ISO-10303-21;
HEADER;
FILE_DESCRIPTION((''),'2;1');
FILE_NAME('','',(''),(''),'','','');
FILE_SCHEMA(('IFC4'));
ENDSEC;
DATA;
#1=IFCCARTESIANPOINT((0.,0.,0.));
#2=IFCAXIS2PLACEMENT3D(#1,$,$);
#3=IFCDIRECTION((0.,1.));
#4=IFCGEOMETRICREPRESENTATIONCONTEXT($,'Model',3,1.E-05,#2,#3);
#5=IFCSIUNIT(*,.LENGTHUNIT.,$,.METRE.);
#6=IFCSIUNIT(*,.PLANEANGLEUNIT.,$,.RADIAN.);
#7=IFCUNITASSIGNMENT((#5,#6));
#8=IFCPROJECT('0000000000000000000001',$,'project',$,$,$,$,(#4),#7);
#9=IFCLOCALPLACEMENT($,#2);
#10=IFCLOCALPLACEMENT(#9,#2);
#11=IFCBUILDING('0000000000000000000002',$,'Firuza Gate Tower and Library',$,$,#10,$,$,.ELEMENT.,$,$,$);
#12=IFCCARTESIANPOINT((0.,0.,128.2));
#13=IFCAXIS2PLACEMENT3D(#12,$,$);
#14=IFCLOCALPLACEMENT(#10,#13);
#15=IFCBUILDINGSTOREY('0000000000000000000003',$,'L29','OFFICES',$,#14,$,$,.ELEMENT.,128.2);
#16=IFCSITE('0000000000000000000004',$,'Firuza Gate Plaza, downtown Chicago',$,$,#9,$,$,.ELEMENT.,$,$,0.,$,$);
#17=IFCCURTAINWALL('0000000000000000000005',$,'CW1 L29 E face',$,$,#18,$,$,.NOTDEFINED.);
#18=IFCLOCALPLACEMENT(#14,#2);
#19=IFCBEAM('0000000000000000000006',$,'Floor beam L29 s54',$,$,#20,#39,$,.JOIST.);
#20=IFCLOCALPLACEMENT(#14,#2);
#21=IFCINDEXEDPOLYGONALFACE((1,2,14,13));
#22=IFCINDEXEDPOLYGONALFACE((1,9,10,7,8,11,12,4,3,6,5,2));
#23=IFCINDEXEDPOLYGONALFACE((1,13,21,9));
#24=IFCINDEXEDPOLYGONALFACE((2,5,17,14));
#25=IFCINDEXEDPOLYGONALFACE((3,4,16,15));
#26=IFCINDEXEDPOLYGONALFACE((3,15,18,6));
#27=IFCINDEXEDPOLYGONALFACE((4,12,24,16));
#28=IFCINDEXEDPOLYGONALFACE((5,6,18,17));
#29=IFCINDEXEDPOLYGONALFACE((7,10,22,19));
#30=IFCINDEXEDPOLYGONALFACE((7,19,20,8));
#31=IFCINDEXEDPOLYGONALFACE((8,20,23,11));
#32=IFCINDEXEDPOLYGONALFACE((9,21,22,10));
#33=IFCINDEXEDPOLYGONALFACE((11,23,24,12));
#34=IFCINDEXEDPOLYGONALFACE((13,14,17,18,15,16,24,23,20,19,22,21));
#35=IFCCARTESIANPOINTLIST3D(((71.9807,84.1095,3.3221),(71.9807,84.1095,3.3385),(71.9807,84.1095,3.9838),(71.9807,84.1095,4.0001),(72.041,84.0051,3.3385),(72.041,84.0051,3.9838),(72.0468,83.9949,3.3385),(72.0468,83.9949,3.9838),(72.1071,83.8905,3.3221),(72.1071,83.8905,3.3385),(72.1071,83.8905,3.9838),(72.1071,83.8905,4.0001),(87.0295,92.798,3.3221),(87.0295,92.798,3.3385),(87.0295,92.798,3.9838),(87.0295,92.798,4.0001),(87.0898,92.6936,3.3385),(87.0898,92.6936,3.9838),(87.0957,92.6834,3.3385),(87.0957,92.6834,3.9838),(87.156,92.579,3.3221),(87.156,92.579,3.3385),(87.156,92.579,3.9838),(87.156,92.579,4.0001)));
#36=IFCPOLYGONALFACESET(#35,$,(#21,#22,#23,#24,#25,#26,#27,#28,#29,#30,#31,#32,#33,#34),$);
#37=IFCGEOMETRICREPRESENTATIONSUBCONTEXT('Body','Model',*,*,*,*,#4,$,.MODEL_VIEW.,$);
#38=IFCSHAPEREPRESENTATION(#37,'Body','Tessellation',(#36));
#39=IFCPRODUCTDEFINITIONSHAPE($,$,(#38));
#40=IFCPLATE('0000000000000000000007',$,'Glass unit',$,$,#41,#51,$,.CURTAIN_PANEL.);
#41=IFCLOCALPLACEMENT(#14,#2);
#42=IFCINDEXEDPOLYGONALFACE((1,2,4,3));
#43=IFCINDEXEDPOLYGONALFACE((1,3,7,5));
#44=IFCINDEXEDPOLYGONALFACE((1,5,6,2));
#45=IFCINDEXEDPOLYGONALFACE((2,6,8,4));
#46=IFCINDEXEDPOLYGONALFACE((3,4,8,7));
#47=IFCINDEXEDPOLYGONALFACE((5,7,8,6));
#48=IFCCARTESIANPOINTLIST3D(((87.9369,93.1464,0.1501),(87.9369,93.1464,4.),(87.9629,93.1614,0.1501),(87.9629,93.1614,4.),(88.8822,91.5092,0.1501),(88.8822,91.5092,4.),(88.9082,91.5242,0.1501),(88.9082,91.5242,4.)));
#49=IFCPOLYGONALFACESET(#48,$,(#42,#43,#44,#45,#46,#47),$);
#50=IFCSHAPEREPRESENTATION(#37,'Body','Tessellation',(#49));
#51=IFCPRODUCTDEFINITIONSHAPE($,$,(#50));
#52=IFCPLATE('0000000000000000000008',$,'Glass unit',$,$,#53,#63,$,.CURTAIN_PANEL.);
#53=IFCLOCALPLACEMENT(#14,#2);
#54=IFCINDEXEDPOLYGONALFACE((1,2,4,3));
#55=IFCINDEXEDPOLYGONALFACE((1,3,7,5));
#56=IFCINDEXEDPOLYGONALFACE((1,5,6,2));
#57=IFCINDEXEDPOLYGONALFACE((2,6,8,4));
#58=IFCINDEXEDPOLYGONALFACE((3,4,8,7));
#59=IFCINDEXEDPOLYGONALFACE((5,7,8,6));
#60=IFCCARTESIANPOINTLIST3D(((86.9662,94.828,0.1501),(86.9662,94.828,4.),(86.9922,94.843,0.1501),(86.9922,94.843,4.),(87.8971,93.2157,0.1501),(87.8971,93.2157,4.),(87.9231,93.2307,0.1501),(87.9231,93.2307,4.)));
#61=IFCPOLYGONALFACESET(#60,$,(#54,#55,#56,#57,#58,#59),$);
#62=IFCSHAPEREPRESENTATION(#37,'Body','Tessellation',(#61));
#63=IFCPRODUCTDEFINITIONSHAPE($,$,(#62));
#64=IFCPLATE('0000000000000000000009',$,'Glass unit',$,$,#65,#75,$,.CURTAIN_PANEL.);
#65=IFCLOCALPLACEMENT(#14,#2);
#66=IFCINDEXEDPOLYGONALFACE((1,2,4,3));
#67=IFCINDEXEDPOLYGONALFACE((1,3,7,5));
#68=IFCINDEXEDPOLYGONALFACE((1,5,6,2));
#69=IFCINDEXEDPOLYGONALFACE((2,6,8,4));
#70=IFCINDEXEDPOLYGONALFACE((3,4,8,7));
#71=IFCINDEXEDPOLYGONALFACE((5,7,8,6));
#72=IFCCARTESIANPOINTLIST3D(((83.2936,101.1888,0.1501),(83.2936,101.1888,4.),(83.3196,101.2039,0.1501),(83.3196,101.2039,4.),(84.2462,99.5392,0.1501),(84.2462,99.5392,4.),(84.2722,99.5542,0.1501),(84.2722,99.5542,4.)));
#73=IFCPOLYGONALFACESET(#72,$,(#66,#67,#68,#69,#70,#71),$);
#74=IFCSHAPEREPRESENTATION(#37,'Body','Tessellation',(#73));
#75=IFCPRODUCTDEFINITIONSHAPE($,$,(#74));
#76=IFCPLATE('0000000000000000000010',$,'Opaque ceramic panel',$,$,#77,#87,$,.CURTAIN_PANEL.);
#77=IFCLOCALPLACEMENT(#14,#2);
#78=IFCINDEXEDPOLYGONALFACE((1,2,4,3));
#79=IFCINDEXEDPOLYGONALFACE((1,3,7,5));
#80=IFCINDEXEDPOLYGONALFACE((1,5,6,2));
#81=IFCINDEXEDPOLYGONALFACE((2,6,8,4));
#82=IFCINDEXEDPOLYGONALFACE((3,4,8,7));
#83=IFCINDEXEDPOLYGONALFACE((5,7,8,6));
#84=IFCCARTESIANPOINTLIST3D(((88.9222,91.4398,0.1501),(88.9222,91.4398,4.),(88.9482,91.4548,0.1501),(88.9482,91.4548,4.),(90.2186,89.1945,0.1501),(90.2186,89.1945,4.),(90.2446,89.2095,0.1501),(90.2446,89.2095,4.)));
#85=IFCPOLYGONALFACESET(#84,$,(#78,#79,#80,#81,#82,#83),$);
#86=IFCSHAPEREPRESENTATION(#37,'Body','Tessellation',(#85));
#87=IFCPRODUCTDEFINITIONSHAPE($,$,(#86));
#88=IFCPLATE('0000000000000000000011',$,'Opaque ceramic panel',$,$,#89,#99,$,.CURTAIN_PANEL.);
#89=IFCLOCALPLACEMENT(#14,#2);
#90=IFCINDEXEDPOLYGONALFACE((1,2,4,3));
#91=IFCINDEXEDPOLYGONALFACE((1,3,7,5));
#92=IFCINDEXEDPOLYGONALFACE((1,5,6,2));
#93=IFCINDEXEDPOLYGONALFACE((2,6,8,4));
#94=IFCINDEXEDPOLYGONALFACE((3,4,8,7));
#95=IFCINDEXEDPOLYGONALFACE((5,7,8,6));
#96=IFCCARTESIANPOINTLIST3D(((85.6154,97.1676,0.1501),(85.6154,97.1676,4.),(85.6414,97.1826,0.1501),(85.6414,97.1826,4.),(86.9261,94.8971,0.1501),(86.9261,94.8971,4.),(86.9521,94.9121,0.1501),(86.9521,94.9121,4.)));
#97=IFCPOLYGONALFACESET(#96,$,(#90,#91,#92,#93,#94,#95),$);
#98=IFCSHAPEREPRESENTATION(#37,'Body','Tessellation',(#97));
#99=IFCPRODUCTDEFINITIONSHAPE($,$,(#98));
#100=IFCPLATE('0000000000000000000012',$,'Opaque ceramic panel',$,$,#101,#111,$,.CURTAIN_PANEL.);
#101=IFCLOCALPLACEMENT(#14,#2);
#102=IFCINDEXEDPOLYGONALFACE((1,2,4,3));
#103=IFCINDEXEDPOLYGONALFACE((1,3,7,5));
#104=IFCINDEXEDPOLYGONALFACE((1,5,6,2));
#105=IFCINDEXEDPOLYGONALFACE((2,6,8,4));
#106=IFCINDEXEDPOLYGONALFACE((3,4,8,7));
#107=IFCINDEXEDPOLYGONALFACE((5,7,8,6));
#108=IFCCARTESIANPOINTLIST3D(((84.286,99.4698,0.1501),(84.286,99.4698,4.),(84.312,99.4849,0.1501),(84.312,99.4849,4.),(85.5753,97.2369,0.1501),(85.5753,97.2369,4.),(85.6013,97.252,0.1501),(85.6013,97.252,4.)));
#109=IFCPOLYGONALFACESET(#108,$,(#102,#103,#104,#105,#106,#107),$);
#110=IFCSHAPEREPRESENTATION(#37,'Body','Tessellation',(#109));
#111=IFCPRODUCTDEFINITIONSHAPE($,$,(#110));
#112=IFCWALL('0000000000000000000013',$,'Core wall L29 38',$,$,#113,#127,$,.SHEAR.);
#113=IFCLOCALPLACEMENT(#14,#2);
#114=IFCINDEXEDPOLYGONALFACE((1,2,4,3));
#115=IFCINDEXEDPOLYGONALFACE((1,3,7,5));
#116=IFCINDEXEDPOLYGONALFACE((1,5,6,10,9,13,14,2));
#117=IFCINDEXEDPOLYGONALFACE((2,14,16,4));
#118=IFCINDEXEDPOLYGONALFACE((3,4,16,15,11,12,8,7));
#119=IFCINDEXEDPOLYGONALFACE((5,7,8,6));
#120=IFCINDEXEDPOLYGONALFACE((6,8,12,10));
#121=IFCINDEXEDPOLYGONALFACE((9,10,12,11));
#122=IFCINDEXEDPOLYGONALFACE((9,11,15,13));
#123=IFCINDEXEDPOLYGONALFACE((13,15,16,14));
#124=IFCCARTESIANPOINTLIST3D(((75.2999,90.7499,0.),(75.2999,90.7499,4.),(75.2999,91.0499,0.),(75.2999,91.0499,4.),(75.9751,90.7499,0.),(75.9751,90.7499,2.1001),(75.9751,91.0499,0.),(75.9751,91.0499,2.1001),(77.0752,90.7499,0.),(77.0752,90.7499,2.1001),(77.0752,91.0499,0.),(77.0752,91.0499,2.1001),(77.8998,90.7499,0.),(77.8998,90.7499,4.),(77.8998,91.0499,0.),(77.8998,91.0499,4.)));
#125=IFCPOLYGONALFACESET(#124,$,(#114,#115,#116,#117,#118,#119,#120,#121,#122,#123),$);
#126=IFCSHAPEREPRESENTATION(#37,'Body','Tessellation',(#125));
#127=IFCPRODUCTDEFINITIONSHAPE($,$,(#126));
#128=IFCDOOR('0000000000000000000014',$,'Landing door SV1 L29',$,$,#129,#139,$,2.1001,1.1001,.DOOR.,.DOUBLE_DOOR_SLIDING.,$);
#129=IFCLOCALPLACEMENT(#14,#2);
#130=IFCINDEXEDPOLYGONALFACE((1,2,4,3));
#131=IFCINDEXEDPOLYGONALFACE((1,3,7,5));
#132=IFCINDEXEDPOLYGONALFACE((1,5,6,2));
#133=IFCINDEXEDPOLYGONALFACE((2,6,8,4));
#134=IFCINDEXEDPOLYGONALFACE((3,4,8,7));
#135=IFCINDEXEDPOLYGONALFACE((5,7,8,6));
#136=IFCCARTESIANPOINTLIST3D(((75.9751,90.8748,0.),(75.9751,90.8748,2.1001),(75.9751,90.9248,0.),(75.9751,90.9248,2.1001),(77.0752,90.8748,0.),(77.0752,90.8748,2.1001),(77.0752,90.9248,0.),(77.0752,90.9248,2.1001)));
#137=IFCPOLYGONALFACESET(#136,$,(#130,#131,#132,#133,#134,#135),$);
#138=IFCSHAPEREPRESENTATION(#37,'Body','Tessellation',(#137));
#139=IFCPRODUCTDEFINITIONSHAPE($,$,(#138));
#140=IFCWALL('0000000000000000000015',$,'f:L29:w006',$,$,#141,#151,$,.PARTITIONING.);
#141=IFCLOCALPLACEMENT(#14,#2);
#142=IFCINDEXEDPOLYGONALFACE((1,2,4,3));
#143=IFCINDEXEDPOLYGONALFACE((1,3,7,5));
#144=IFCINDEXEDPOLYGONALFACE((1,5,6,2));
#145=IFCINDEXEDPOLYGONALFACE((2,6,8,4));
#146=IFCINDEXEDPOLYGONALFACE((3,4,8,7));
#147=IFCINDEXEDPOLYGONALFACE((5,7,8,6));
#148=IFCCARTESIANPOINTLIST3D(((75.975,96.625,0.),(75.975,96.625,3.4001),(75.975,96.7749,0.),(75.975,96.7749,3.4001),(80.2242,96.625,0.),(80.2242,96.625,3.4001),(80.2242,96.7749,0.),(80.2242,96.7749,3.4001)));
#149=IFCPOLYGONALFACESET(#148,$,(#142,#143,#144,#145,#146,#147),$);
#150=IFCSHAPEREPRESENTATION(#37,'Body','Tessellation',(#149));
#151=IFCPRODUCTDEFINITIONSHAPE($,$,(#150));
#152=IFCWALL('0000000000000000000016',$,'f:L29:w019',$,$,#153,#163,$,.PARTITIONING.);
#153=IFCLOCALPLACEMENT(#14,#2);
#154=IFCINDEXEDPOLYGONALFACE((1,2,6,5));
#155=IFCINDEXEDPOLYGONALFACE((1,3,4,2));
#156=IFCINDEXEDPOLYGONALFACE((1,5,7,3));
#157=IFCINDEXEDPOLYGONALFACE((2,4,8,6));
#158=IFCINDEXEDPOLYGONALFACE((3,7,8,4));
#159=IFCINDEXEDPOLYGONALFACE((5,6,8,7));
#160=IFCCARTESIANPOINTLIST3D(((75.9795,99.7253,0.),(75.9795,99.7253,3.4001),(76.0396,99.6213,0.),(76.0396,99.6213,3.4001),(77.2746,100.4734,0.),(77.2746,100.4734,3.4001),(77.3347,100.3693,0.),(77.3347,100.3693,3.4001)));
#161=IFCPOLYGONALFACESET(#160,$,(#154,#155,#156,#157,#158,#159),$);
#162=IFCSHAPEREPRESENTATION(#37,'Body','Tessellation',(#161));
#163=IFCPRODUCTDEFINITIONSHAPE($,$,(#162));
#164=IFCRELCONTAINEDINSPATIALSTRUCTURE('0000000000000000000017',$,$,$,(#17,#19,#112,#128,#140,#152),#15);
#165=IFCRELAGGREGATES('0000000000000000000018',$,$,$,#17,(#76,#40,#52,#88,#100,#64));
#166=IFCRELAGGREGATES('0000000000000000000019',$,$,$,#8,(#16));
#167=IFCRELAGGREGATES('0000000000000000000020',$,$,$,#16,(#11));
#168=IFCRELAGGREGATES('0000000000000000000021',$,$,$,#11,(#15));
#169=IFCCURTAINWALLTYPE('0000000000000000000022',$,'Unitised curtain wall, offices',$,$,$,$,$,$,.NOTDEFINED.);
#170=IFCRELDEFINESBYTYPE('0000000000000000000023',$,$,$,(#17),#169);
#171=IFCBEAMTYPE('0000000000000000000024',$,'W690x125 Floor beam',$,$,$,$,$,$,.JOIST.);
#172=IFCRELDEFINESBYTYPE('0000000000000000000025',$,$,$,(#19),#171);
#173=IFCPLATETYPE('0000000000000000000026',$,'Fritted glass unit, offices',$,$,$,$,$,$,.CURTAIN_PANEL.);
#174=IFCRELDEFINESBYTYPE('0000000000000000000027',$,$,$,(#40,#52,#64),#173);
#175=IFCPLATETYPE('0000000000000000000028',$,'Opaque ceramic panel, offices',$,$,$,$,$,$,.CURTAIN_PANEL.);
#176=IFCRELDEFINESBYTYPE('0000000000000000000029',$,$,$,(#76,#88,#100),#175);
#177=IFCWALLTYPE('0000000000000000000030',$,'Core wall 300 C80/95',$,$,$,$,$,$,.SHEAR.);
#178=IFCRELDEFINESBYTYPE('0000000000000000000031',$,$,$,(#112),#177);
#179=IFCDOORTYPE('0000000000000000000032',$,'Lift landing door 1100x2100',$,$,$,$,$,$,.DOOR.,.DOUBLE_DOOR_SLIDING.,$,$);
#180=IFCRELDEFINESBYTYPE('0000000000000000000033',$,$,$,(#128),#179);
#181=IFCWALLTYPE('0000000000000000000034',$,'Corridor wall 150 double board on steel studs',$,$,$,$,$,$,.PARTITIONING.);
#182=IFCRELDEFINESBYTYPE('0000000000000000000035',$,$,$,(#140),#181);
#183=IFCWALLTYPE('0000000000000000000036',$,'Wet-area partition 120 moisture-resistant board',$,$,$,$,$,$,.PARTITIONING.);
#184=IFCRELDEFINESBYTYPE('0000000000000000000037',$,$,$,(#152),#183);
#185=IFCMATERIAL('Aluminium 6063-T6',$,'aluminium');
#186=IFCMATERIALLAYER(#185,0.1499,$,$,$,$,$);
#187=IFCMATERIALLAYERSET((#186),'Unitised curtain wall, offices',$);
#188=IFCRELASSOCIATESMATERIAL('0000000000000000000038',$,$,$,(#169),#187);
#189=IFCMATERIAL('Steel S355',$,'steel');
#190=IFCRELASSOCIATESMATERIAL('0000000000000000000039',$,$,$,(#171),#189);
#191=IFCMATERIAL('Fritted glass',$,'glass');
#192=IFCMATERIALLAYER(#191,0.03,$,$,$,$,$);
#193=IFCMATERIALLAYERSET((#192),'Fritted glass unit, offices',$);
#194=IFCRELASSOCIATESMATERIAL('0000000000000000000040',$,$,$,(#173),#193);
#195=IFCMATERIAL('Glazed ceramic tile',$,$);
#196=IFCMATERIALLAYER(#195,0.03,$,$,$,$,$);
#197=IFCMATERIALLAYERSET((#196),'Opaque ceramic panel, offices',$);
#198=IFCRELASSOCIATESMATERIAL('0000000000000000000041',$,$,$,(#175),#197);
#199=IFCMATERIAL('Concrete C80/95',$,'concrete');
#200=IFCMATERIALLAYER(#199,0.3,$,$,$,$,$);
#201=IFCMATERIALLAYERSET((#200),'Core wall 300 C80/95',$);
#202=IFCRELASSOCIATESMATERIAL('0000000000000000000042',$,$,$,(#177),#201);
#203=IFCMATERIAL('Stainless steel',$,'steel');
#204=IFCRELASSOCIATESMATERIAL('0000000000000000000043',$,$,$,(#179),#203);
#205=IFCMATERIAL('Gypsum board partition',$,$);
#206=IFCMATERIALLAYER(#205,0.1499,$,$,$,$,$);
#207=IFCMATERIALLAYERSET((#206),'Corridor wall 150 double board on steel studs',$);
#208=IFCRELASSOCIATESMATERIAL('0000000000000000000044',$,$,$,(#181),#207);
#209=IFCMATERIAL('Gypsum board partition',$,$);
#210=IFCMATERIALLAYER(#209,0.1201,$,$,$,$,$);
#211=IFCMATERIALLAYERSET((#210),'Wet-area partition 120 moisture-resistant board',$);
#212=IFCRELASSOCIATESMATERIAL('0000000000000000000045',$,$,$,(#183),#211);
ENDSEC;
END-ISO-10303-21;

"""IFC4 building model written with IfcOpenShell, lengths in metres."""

from ifc_helpers import new_model, si_unit, direction, frame, frame_2d, origin, origin_2d, place, context, subcontext, project, spatial, polyline, rectangle, i_section, outline, extrude, material, layer, layer_set, material_profile, profile_set, type_object, element, fill, aggregate, save


model = new_model("IFC4")

# Units and contexts
model_context = context("Model", 3, precision=1e-05, world=origin(), true_north=direction((0.0, 1.0)))
body_context = subcontext(model_context, "Body", "Model", "MODEL_VIEW")
ifc_project = project(units=[si_unit("LENGTHUNIT", "METRE"), si_unit("PLANEANGLEUNIT", "RADIAN")], contexts=[model_context])

# Site, building, storey
site_placement = place(None, origin())
site = spatial("IfcSite", under=ifc_project, at=site_placement, Name="Firuza Gate Plaza, downtown Chicago", CompositionType="ELEMENT", RefElevation=0.0)
building_placement = place(site_placement, origin())
building = spatial("IfcBuilding", under=site, at=building_placement, Name="Firuza Gate Tower and Library", CompositionType="ELEMENT")
storey_placement = place(building_placement, frame((0.0, 0.0, 128.2)))
storey = spatial("IfcBuildingStorey", under=building, at=storey_placement, Name="L29", Description="OFFICES", CompositionType="ELEMENT", Elevation=128.2)

# Curtain wall
ifc_material_1 = material(Name="Aluminium 6063-T6", Category="aluminium")
ifc_layer_1 = layer(ifc_material_1, 0.1499)
ifc_layer_set_1 = layer_set([ifc_layer_1], Name="Unitised curtain wall, offices")
curtain_wall_type = type_object("IfcCurtainWallType", Name="Unitised curtain wall, offices", PredefinedType="NOTDEFINED", material=ifc_layer_set_1)
curtain_wall_placement = place(storey_placement, origin())
curtain_wall = element("IfcCurtainWall", 1, at=curtain_wall_placement, inside=storey, type_object=curtain_wall_type, Name="CW1 L29 E face", PredefinedType="NOTDEFINED")

# Beam
ifc_material_2 = material(Name="Steel S355", Category="steel")
ifc_material_profile_1 = material_profile(ifc_material_2, i_section(OverallWidth=0.2529, OverallDepth=0.678, WebThickness=0.0117, FlangeThickness=0.0164, at=origin_2d()))
ifc_profile_set_1 = profile_set([ifc_material_profile_1], Name="Steel S355")
beam_type_1 = type_object("IfcBeamType", Name="W690x125 Floor beam", PredefinedType="JOIST", material=ifc_profile_set_1)
beam_1_placement = place(storey_placement, frame((87.0928, 92.6885, 3.6611), z_axis=(-0.866025, -0.500001, 0.0), x_axis=(0.500001, -0.866025, 0.0)))
element("IfcBeam", 2, at=beam_1_placement, inside=storey, type_object=beam_type_1, Name="Floor beam L29 s54", PredefinedType="JOIST", context=body_context, shape_type="SweptSolid", body=[
    extrude(i_section(OverallWidth=0.2529, OverallDepth=0.678, WebThickness=0.0117, FlangeThickness=0.0164, at=origin_2d()), origin(), (0.0, 0.0, 1.0), 17.377),
])

# Plates
ifc_material_3 = material(Name="Fritted glass", Category="glass")
ifc_layer_2 = layer(ifc_material_3, 0.03)
ifc_layer_set_2 = layer_set([ifc_layer_2], Name="Fritted glass unit, offices")
plate_type_1 = type_object("IfcPlateType", Name="Fritted glass unit, offices", PredefinedType="CURTAIN_PANEL", material=ifc_layer_set_2)
plate_1_placement = place(storey_placement, frame((88.9082, 91.5242, 0.1501), z_axis=(0.866009, 0.500028, 0.0), x_axis=(-0.500028, 0.866009, 0.0)))
plate_1 = element("IfcPlate", 3, at=plate_1_placement, type_object=plate_type_1, Name="Glass unit", PredefinedType="CURTAIN_PANEL", context=body_context, shape_type="SweptSolid", body=[
    extrude(outline(polyline([(0.0, 0.0), (1.8905, 0.0), (1.8905, 3.8499), (0.0, 3.8499), (0.0, 0.0)])), origin(), (0.0, 0.0, -1.0), 0.03),
])
plate_2_placement = place(storey_placement, frame((87.9231, 93.2307, 0.1501), z_axis=(0.866015, 0.500018, 0.0), x_axis=(-0.500018, 0.866015, 0.0)))
plate_2 = element("IfcPlate", 4, at=plate_2_placement, type_object=plate_type_1, Name="Glass unit", PredefinedType="CURTAIN_PANEL", context=body_context, shape_type="SweptSolid", body=[
    extrude(outline(polyline([(0.0, 0.0), (1.8618, 0.0), (1.8618, 3.8499), (0.0, 3.8499), (0.0, 0.0)])), origin(), (0.0, 0.0, -1.0), 0.03),
])
plate_3_placement = place(storey_placement, frame((84.2722, 99.5542, 0.1501), z_axis=(0.865979, 0.500081, 0.0), x_axis=(-0.500081, 0.865979, 0.0)))
plate_3 = element("IfcPlate", 5, at=plate_3_placement, type_object=plate_type_1, Name="Glass unit", PredefinedType="CURTAIN_PANEL", context=body_context, shape_type="SweptSolid", body=[
    extrude(outline(polyline([(0.0, 0.0), (1.905, 0.0), (1.905, 3.8499), (0.0, 3.8499), (0.0, 0.0)])), origin(), (0.0, 0.0, -1.0), 0.03),
])
ifc_material_4 = material(Name="Glazed ceramic tile")
ifc_layer_3 = layer(ifc_material_4, 0.03)
ifc_layer_set_3 = layer_set([ifc_layer_3], Name="Opaque ceramic panel, offices")
plate_type_2 = type_object("IfcPlateType", Name="Opaque ceramic panel, offices", PredefinedType="CURTAIN_PANEL", material=ifc_layer_set_3)
plate_4_placement = place(storey_placement, frame((90.2446, 89.2095, 0.1501), z_axis=(0.866021, 0.500008, 0.0), x_axis=(-0.500008, 0.866021, 0.0)))
plate_4 = element("IfcPlate", 6, at=plate_4_placement, type_object=plate_type_2, Name="Opaque ceramic panel", PredefinedType="CURTAIN_PANEL", context=body_context, shape_type="SweptSolid", body=[
    extrude(outline(polyline([(0.0, 0.0), (2.5927, 0.0), (2.5927, 3.8499), (0.0, 3.8499), (0.0, 0.0)])), origin(), (0.0, 0.0, -1.0), 0.03),
])
plate_5_placement = place(storey_placement, frame((86.9521, 94.9121, 0.1501), z_axis=(0.86604, 0.499975, 0.0), x_axis=(-0.499975, 0.86604, 0.0)))
plate_5 = element("IfcPlate", 7, at=plate_5_placement, type_object=plate_type_2, Name="Opaque ceramic panel", PredefinedType="CURTAIN_PANEL", context=body_context, shape_type="SweptSolid", body=[
    extrude(outline(polyline([(0.0, 0.0), (2.6217, 0.0), (2.6217, 3.8499), (0.0, 3.8499), (0.0, 0.0)])), origin(), (0.0, 0.0, -1.0), 0.03),
])
plate_6_placement = place(storey_placement, frame((85.6013, 97.252, 0.1501), z_axis=(0.866003, 0.500039, 0.0), x_axis=(-0.500039, 0.866003, 0.0)))
plate_6 = element("IfcPlate", 8, at=plate_6_placement, type_object=plate_type_2, Name="Opaque ceramic panel", PredefinedType="CURTAIN_PANEL", context=body_context, shape_type="SweptSolid", body=[
    extrude(outline(polyline([(0.0, 0.0), (2.5784, 0.0), (2.5784, 3.8499), (0.0, 3.8499), (0.0, 0.0)])), origin(), (0.0, 0.0, -1.0), 0.03),
])
aggregate(curtain_wall, [plate_4, plate_1, plate_2, plate_5, plate_6, plate_3])

# Wall, opening, door
ifc_material_5 = material(Name="Concrete C80/95", Category="concrete")
ifc_layer_4 = layer(ifc_material_5, 0.3)
ifc_layer_set_4 = layer_set([ifc_layer_4], Name="Core wall 300 C80/95")
wall_type_1 = type_object("IfcWallType", Name="Core wall 300 C80/95", PredefinedType="SHEAR", material=ifc_layer_set_4)
wall_1_placement = place(storey_placement, frame((75.3, 90.8999, 0.0), z_axis=(0.0, 0.0, 1.0), x_axis=(1.0, 0.0, 0.0)))
wall_1 = element("IfcWall", 9, at=wall_1_placement, inside=storey, type_object=wall_type_1, Name="Core wall L29 38", PredefinedType="SHEAR", context=body_context, shape_type="SweptSolid", body=[
    extrude(rectangle(XDim=2.5999, YDim=0.3, at=frame_2d((1.2998, 0.0))), origin(), (0.0, 0.0, 1.0), 4.0),
])
opening_1_placement = place(wall_1_placement, frame((0.675, 0.0, 0.0)))
opening_1 = element("IfcOpeningElement", 10, at=opening_1_placement, cuts=wall_1, PredefinedType="OPENING", context=body_context, shape_type="SweptSolid", body=[
    extrude(rectangle(XDim=1.1001, YDim=2.1001, at=frame_2d((0.55, 1.05))), frame((0.0, 0.1602, 0.0), z_axis=(0.0, -1.0, 0.0), x_axis=(1.0, 0.0, 0.0)), (0.0, 0.0, 1.0), 0.3201),
])
ifc_material_6 = material(Name="Stainless steel", Category="steel")
door_type_1 = type_object("IfcDoorType", Name="Lift landing door 1100x2100", OperationType="DOUBLE_DOOR_SLIDING", PredefinedType="DOOR", material=ifc_material_6)
door_1_placement = place(opening_1_placement, origin())
door_1 = element("IfcDoor", 11, at=door_1_placement, inside=storey, type_object=door_type_1, Name="Landing door SV1 L29", OperationType="DOUBLE_DOOR_SLIDING", OverallHeight=2.1001, OverallWidth=1.1001, PredefinedType="DOOR", context=body_context, shape_type="SweptSolid", body=[
    extrude(rectangle(XDim=1.1001, YDim=2.1001, at=frame_2d((0.55, 1.05))), frame((0.0, 0.0249, 0.0), z_axis=(0.0, -1.0, 0.0), x_axis=(1.0, 0.0, 0.0)), (0.0, 0.0, 1.0), 0.05),
])
fill(opening_1, door_1)

# Walls
ifc_material_7 = material(Name="Gypsum board partition")
ifc_layer_5 = layer(ifc_material_7, 0.1499)
ifc_layer_set_5 = layer_set([ifc_layer_5], Name="Corridor wall 150 double board on steel studs")
wall_type_2 = type_object("IfcWallType", Name="Corridor wall 150 double board on steel studs", PredefinedType="PARTITIONING", material=ifc_layer_set_5)
wall_2_placement = place(storey_placement, frame((75.9751, 96.7, 0.0), z_axis=(0.0, 0.0, 1.0), x_axis=(1.0, 0.0, 0.0)))
element("IfcWall", 12, at=wall_2_placement, inside=storey, type_object=wall_type_2, Name="f:L29:w006", PredefinedType="PARTITIONING", context=body_context, shape_type="SweptSolid", body=[
    extrude(rectangle(XDim=4.2493, YDim=0.1499, at=frame_2d((2.1245, 0.0))), origin(), (0.0, 0.0, 1.0), 3.4001),
])
ifc_material_8 = material(Name="Gypsum board partition")
ifc_layer_6 = layer(ifc_material_8, 0.1201)
ifc_layer_set_6 = layer_set([ifc_layer_6], Name="Wet-area partition 120 moisture-resistant board")
wall_type_3 = type_object("IfcWallType", Name="Wet-area partition 120 moisture-resistant board", PredefinedType="PARTITIONING", material=ifc_layer_set_6)
wall_3_placement = place(storey_placement, frame((76.0095, 99.6733, 0.0), z_axis=(0.0, 0.0, 1.0), x_axis=(0.865944, 0.500142, 0.0)))
element("IfcWall", 13, at=wall_3_placement, inside=storey, type_object=wall_type_3, Name="f:L29:w019", PredefinedType="PARTITIONING", context=body_context, shape_type="SweptSolid", body=[
    extrude(rectangle(XDim=1.4956, YDim=0.1201, at=frame_2d((0.7478, 0.0))), origin(), (0.0, 0.0, 1.0), 3.4001),
])

save(model, "model.ifc")
